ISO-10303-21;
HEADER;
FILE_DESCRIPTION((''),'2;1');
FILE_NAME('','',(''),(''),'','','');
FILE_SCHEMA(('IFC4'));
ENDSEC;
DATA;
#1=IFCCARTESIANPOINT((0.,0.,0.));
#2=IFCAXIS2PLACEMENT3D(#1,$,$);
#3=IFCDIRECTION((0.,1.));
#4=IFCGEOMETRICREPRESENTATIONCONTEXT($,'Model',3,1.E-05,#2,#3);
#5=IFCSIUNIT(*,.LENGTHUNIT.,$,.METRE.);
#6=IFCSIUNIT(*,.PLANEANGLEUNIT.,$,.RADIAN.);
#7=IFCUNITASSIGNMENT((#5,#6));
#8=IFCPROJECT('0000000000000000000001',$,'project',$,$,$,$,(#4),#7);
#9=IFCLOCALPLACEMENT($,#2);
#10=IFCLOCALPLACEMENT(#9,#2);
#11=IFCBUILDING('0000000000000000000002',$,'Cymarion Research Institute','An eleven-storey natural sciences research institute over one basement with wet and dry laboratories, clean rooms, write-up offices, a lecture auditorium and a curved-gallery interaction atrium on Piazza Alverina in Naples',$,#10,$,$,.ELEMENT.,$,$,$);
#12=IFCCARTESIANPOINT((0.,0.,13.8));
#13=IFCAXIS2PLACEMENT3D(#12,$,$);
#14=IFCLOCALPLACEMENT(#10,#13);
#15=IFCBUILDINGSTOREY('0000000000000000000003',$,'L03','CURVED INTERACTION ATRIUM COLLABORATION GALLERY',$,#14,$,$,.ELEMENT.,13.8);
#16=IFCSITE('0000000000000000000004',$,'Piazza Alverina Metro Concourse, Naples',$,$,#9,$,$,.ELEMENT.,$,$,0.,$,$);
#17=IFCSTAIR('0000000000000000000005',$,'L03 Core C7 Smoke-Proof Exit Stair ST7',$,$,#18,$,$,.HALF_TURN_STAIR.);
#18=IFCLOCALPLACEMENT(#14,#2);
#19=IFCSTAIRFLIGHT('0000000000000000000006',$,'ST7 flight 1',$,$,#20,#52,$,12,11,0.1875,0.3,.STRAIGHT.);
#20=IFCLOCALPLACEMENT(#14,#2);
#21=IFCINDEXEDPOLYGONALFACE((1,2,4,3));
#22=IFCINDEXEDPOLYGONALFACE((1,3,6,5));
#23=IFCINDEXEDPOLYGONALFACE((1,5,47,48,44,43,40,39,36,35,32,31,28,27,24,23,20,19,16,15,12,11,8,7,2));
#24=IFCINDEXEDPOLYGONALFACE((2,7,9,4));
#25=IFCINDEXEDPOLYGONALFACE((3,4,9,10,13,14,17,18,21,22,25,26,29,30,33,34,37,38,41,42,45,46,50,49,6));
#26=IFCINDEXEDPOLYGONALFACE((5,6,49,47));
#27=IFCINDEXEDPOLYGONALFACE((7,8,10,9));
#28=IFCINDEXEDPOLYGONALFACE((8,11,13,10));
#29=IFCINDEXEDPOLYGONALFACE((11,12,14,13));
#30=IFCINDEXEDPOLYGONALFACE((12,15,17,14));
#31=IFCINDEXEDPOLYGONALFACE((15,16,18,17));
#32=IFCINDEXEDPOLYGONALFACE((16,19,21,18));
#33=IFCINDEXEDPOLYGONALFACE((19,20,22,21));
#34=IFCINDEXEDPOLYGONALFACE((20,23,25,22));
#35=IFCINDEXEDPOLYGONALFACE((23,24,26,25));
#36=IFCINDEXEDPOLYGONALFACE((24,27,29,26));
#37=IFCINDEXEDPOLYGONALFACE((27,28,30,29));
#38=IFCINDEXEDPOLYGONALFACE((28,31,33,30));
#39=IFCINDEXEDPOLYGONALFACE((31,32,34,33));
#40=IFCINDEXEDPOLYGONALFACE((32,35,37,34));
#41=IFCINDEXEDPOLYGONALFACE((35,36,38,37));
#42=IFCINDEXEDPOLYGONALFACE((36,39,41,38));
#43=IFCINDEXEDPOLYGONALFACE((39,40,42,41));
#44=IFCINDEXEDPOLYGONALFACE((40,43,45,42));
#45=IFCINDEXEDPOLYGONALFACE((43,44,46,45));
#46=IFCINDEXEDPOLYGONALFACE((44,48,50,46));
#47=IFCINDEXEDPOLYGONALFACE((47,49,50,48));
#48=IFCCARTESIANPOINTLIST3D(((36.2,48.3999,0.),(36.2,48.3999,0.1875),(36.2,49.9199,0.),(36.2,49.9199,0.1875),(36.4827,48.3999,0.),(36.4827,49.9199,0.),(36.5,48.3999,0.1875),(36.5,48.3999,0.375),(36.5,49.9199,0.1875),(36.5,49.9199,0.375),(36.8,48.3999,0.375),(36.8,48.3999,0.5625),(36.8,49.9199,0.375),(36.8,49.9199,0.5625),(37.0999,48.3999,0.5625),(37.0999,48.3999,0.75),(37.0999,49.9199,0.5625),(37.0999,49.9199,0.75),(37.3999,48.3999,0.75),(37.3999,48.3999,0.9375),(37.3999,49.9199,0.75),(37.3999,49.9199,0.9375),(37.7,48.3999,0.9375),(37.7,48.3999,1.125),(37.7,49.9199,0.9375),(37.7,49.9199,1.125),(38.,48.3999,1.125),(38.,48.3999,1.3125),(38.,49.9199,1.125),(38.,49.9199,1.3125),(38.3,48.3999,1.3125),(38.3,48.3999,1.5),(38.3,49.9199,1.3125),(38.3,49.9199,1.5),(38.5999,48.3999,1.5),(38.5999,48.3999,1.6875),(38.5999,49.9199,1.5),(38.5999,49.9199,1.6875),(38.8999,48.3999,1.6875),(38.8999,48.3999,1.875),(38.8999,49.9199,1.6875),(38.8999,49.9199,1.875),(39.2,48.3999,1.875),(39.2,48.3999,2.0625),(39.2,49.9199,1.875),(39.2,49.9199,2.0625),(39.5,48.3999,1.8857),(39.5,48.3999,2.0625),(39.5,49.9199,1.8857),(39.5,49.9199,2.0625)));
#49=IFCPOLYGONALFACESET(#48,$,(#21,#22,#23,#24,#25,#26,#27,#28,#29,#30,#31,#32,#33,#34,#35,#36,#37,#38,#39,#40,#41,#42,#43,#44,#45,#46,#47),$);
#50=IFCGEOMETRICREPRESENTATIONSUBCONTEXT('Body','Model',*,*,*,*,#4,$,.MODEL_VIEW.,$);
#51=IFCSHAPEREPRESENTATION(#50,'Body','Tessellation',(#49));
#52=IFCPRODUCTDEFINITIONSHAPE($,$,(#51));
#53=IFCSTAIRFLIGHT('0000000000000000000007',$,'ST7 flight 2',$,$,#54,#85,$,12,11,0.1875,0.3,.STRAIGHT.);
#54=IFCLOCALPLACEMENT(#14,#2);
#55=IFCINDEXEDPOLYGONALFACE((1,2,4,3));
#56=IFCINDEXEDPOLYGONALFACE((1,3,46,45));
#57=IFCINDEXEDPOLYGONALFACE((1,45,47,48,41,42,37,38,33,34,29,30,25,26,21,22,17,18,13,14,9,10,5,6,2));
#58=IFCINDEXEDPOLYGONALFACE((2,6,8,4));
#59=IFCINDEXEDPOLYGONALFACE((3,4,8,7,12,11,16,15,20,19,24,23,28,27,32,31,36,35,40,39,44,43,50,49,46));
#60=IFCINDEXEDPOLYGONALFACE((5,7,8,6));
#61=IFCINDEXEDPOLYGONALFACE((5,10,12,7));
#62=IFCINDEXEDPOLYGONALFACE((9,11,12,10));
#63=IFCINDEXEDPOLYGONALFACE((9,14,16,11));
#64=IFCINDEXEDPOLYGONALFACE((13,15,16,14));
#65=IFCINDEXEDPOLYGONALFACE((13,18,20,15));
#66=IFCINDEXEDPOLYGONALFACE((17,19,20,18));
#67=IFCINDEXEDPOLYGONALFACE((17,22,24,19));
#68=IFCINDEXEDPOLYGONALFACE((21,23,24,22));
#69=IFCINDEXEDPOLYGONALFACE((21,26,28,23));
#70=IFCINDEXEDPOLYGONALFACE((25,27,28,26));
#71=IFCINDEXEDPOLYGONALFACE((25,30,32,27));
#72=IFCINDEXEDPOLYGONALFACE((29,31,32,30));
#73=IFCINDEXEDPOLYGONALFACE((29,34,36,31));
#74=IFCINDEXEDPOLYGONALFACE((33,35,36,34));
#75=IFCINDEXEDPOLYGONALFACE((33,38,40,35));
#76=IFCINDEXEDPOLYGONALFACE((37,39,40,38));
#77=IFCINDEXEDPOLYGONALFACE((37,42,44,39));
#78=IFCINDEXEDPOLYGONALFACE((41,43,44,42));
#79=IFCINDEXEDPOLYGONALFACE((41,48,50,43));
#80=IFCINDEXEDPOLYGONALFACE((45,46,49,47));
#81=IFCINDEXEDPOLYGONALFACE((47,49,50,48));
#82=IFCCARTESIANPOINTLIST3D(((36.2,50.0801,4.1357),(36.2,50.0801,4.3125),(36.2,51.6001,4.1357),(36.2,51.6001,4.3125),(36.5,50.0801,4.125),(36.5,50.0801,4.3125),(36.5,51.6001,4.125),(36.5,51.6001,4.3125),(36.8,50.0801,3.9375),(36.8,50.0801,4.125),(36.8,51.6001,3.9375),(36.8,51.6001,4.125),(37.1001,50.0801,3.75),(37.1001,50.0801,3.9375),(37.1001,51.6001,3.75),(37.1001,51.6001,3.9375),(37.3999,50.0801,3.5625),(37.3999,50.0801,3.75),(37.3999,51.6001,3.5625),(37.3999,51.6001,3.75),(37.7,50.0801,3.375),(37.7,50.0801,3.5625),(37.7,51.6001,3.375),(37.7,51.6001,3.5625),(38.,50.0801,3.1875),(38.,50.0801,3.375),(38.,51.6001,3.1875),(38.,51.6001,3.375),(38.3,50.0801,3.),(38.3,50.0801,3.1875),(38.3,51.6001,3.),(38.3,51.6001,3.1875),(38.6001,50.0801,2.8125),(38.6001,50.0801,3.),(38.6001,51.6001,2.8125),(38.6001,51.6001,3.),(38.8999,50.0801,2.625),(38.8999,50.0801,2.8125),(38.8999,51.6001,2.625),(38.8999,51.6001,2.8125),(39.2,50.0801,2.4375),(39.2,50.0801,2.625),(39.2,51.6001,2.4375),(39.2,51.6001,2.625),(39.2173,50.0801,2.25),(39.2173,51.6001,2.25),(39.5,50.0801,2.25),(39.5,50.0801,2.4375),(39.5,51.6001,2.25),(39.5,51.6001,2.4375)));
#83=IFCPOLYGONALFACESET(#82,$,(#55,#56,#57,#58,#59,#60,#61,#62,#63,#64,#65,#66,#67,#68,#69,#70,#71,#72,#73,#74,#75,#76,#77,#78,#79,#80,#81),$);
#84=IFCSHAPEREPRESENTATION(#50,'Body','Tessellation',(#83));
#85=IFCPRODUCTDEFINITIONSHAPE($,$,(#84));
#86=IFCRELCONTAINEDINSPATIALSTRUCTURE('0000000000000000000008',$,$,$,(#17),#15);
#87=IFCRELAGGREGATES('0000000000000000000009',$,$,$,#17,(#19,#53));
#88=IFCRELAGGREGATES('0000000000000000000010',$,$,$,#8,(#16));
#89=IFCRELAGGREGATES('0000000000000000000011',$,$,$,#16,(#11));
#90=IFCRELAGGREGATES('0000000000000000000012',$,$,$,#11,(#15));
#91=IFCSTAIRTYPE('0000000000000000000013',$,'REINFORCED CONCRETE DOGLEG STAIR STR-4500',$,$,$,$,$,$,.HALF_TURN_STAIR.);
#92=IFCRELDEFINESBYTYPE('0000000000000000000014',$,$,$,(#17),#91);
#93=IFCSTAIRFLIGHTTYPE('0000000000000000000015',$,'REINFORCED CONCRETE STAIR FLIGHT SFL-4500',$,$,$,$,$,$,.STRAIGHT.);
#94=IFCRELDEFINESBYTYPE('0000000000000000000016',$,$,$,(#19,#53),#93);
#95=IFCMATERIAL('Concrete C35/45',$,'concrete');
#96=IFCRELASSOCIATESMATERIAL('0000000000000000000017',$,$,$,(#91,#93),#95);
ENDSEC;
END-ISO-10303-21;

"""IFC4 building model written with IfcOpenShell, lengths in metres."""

from ifc_helpers import new_model, si_unit, direction, frame, origin, place, context, subcontext, project, spatial, polyline, outline, extrude, material, type_object, element, aggregate, save


model = new_model("IFC4")

# Units and contexts
model_context = context("Model", 3, precision=1e-05, world=origin(), true_north=direction((0.0, 1.0)))
body_context = subcontext(model_context, "Body", "Model", "MODEL_VIEW")
ifc_project = project(units=[si_unit("LENGTHUNIT", "METRE"), si_unit("PLANEANGLEUNIT", "RADIAN")], contexts=[model_context])

# Site, building, storey
site_placement = place(None, origin())
site = spatial("IfcSite", under=ifc_project, at=site_placement, Name="Piazza Alverina Metro Concourse, Naples", CompositionType="ELEMENT", RefElevation=0.0)
building_placement = place(site_placement, origin())
building = spatial("IfcBuilding", under=site, at=building_placement, Name="Cymarion Research Institute", Description="An eleven-storey natural sciences research institute over one basement with wet and dry laboratories, clean rooms, write-up offices, a lecture auditorium and a curved-gallery interaction atrium on Piazza Alverina in Naples", CompositionType="ELEMENT")
storey_placement = place(building_placement, frame((0.0, 0.0, 13.8)))
storey = spatial("IfcBuildingStorey", under=building, at=storey_placement, Name="L03", Description="CURVED INTERACTION ATRIUM COLLABORATION GALLERY", CompositionType="ELEMENT", Elevation=13.8)

# Stair, stair flights
ifc_material_1 = material(Name="Concrete C35/45", Category="concrete")
stair_type = type_object("IfcStairType", Name="REINFORCED CONCRETE DOGLEG STAIR STR-4500", PredefinedType="HALF_TURN_STAIR", material=ifc_material_1)
stair_placement = place(storey_placement, origin())
stair = element("IfcStair", 1, at=stair_placement, inside=storey, type_object=stair_type, Name="L03 Core C7 Smoke-Proof Exit Stair ST7", PredefinedType="HALF_TURN_STAIR")
stair_flight_type = type_object("IfcStairFlightType", Name="REINFORCED CONCRETE STAIR FLIGHT SFL-4500", PredefinedType="STRAIGHT", material=ifc_material_1)
stair_flight_1_placement = place(storey_placement, frame((36.2, 49.1599, 0.0), z_axis=(0.0, 0.0, 1.0), x_axis=(1.0, 0.0, 0.0)))
stair_flight_1 = element("IfcStairFlight", 2, at=stair_flight_1_placement, type_object=stair_flight_type, Name="ST7 flight 1", NumberOfRisers=12, NumberOfTreads=11, PredefinedType="STRAIGHT", RiserHeight=0.1875, TreadLength=0.3, context=body_context, shape_type="SweptSolid", body=[
    extrude(outline(polyline([(0.0, 0.0), (0.0, 0.1875), (0.3, 0.1875), (0.3, 0.375), (0.6001, 0.375), (0.6001, 0.5625), (0.8999, 0.5625), (0.8999, 0.75), (1.2, 0.75), (1.2, 0.9375), (1.5, 0.9375), (1.5, 1.125), (1.8, 1.125), (1.8, 1.3125), (2.1001, 1.3125), (2.1001, 1.5), (2.3999, 1.5), (2.3999, 1.6875), (2.7, 1.6875), (2.7, 1.875), (3.0, 1.875), (3.0, 2.0625), (3.3, 2.0625), (3.3, 2.25), (3.3, 1.8857), (0.2827, 0.0), (0.0, 0.0)])), frame((0.0, 0.76, 0.0), z_axis=(0.0, -1.0, 0.0), x_axis=(1.0, 0.0, 0.0)), (0.0, 0.0, 1.0), 1.52),
])
stair_flight_2_placement = place(storey_placement, frame((39.5, 50.8401, 2.25), z_axis=(0.0, 0.0, 1.0), x_axis=(-1.0, 0.0, 0.0)))
stair_flight_2 = element("IfcStairFlight", 3, at=stair_flight_2_placement, type_object=stair_flight_type, Name="ST7 flight 2", NumberOfRisers=12, NumberOfTreads=11, PredefinedType="STRAIGHT", RiserHeight=0.1875, TreadLength=0.3, context=body_context, shape_type="SweptSolid", body=[
    extrude(outline(polyline([(0.0, 0.0), (0.0, 0.1875), (0.3, 0.1875), (0.3, 0.375), (0.6001, 0.375), (0.6001, 0.5625), (0.8999, 0.5625), (0.8999, 0.75), (1.2, 0.75), (1.2, 0.9375), (1.5, 0.9375), (1.5, 1.125), (1.8, 1.125), (1.8, 1.3125), (2.1001, 1.3125), (2.1001, 1.5), (2.3999, 1.5), (2.3999, 1.6875), (2.7, 1.6875), (2.7, 1.875), (3.0, 1.875), (3.0, 2.0625), (3.3, 2.0625), (3.3, 2.25), (3.3, 1.8857), (0.2827, 0.0), (0.0, 0.0)])), frame((0.0, 0.76, 0.0), z_axis=(0.0, -1.0, 0.0), x_axis=(1.0, 0.0, 0.0)), (0.0, 0.0, 1.0), 1.52),
])
aggregate(stair, [stair_flight_1, stair_flight_2])

save(model, "model.ifc")
